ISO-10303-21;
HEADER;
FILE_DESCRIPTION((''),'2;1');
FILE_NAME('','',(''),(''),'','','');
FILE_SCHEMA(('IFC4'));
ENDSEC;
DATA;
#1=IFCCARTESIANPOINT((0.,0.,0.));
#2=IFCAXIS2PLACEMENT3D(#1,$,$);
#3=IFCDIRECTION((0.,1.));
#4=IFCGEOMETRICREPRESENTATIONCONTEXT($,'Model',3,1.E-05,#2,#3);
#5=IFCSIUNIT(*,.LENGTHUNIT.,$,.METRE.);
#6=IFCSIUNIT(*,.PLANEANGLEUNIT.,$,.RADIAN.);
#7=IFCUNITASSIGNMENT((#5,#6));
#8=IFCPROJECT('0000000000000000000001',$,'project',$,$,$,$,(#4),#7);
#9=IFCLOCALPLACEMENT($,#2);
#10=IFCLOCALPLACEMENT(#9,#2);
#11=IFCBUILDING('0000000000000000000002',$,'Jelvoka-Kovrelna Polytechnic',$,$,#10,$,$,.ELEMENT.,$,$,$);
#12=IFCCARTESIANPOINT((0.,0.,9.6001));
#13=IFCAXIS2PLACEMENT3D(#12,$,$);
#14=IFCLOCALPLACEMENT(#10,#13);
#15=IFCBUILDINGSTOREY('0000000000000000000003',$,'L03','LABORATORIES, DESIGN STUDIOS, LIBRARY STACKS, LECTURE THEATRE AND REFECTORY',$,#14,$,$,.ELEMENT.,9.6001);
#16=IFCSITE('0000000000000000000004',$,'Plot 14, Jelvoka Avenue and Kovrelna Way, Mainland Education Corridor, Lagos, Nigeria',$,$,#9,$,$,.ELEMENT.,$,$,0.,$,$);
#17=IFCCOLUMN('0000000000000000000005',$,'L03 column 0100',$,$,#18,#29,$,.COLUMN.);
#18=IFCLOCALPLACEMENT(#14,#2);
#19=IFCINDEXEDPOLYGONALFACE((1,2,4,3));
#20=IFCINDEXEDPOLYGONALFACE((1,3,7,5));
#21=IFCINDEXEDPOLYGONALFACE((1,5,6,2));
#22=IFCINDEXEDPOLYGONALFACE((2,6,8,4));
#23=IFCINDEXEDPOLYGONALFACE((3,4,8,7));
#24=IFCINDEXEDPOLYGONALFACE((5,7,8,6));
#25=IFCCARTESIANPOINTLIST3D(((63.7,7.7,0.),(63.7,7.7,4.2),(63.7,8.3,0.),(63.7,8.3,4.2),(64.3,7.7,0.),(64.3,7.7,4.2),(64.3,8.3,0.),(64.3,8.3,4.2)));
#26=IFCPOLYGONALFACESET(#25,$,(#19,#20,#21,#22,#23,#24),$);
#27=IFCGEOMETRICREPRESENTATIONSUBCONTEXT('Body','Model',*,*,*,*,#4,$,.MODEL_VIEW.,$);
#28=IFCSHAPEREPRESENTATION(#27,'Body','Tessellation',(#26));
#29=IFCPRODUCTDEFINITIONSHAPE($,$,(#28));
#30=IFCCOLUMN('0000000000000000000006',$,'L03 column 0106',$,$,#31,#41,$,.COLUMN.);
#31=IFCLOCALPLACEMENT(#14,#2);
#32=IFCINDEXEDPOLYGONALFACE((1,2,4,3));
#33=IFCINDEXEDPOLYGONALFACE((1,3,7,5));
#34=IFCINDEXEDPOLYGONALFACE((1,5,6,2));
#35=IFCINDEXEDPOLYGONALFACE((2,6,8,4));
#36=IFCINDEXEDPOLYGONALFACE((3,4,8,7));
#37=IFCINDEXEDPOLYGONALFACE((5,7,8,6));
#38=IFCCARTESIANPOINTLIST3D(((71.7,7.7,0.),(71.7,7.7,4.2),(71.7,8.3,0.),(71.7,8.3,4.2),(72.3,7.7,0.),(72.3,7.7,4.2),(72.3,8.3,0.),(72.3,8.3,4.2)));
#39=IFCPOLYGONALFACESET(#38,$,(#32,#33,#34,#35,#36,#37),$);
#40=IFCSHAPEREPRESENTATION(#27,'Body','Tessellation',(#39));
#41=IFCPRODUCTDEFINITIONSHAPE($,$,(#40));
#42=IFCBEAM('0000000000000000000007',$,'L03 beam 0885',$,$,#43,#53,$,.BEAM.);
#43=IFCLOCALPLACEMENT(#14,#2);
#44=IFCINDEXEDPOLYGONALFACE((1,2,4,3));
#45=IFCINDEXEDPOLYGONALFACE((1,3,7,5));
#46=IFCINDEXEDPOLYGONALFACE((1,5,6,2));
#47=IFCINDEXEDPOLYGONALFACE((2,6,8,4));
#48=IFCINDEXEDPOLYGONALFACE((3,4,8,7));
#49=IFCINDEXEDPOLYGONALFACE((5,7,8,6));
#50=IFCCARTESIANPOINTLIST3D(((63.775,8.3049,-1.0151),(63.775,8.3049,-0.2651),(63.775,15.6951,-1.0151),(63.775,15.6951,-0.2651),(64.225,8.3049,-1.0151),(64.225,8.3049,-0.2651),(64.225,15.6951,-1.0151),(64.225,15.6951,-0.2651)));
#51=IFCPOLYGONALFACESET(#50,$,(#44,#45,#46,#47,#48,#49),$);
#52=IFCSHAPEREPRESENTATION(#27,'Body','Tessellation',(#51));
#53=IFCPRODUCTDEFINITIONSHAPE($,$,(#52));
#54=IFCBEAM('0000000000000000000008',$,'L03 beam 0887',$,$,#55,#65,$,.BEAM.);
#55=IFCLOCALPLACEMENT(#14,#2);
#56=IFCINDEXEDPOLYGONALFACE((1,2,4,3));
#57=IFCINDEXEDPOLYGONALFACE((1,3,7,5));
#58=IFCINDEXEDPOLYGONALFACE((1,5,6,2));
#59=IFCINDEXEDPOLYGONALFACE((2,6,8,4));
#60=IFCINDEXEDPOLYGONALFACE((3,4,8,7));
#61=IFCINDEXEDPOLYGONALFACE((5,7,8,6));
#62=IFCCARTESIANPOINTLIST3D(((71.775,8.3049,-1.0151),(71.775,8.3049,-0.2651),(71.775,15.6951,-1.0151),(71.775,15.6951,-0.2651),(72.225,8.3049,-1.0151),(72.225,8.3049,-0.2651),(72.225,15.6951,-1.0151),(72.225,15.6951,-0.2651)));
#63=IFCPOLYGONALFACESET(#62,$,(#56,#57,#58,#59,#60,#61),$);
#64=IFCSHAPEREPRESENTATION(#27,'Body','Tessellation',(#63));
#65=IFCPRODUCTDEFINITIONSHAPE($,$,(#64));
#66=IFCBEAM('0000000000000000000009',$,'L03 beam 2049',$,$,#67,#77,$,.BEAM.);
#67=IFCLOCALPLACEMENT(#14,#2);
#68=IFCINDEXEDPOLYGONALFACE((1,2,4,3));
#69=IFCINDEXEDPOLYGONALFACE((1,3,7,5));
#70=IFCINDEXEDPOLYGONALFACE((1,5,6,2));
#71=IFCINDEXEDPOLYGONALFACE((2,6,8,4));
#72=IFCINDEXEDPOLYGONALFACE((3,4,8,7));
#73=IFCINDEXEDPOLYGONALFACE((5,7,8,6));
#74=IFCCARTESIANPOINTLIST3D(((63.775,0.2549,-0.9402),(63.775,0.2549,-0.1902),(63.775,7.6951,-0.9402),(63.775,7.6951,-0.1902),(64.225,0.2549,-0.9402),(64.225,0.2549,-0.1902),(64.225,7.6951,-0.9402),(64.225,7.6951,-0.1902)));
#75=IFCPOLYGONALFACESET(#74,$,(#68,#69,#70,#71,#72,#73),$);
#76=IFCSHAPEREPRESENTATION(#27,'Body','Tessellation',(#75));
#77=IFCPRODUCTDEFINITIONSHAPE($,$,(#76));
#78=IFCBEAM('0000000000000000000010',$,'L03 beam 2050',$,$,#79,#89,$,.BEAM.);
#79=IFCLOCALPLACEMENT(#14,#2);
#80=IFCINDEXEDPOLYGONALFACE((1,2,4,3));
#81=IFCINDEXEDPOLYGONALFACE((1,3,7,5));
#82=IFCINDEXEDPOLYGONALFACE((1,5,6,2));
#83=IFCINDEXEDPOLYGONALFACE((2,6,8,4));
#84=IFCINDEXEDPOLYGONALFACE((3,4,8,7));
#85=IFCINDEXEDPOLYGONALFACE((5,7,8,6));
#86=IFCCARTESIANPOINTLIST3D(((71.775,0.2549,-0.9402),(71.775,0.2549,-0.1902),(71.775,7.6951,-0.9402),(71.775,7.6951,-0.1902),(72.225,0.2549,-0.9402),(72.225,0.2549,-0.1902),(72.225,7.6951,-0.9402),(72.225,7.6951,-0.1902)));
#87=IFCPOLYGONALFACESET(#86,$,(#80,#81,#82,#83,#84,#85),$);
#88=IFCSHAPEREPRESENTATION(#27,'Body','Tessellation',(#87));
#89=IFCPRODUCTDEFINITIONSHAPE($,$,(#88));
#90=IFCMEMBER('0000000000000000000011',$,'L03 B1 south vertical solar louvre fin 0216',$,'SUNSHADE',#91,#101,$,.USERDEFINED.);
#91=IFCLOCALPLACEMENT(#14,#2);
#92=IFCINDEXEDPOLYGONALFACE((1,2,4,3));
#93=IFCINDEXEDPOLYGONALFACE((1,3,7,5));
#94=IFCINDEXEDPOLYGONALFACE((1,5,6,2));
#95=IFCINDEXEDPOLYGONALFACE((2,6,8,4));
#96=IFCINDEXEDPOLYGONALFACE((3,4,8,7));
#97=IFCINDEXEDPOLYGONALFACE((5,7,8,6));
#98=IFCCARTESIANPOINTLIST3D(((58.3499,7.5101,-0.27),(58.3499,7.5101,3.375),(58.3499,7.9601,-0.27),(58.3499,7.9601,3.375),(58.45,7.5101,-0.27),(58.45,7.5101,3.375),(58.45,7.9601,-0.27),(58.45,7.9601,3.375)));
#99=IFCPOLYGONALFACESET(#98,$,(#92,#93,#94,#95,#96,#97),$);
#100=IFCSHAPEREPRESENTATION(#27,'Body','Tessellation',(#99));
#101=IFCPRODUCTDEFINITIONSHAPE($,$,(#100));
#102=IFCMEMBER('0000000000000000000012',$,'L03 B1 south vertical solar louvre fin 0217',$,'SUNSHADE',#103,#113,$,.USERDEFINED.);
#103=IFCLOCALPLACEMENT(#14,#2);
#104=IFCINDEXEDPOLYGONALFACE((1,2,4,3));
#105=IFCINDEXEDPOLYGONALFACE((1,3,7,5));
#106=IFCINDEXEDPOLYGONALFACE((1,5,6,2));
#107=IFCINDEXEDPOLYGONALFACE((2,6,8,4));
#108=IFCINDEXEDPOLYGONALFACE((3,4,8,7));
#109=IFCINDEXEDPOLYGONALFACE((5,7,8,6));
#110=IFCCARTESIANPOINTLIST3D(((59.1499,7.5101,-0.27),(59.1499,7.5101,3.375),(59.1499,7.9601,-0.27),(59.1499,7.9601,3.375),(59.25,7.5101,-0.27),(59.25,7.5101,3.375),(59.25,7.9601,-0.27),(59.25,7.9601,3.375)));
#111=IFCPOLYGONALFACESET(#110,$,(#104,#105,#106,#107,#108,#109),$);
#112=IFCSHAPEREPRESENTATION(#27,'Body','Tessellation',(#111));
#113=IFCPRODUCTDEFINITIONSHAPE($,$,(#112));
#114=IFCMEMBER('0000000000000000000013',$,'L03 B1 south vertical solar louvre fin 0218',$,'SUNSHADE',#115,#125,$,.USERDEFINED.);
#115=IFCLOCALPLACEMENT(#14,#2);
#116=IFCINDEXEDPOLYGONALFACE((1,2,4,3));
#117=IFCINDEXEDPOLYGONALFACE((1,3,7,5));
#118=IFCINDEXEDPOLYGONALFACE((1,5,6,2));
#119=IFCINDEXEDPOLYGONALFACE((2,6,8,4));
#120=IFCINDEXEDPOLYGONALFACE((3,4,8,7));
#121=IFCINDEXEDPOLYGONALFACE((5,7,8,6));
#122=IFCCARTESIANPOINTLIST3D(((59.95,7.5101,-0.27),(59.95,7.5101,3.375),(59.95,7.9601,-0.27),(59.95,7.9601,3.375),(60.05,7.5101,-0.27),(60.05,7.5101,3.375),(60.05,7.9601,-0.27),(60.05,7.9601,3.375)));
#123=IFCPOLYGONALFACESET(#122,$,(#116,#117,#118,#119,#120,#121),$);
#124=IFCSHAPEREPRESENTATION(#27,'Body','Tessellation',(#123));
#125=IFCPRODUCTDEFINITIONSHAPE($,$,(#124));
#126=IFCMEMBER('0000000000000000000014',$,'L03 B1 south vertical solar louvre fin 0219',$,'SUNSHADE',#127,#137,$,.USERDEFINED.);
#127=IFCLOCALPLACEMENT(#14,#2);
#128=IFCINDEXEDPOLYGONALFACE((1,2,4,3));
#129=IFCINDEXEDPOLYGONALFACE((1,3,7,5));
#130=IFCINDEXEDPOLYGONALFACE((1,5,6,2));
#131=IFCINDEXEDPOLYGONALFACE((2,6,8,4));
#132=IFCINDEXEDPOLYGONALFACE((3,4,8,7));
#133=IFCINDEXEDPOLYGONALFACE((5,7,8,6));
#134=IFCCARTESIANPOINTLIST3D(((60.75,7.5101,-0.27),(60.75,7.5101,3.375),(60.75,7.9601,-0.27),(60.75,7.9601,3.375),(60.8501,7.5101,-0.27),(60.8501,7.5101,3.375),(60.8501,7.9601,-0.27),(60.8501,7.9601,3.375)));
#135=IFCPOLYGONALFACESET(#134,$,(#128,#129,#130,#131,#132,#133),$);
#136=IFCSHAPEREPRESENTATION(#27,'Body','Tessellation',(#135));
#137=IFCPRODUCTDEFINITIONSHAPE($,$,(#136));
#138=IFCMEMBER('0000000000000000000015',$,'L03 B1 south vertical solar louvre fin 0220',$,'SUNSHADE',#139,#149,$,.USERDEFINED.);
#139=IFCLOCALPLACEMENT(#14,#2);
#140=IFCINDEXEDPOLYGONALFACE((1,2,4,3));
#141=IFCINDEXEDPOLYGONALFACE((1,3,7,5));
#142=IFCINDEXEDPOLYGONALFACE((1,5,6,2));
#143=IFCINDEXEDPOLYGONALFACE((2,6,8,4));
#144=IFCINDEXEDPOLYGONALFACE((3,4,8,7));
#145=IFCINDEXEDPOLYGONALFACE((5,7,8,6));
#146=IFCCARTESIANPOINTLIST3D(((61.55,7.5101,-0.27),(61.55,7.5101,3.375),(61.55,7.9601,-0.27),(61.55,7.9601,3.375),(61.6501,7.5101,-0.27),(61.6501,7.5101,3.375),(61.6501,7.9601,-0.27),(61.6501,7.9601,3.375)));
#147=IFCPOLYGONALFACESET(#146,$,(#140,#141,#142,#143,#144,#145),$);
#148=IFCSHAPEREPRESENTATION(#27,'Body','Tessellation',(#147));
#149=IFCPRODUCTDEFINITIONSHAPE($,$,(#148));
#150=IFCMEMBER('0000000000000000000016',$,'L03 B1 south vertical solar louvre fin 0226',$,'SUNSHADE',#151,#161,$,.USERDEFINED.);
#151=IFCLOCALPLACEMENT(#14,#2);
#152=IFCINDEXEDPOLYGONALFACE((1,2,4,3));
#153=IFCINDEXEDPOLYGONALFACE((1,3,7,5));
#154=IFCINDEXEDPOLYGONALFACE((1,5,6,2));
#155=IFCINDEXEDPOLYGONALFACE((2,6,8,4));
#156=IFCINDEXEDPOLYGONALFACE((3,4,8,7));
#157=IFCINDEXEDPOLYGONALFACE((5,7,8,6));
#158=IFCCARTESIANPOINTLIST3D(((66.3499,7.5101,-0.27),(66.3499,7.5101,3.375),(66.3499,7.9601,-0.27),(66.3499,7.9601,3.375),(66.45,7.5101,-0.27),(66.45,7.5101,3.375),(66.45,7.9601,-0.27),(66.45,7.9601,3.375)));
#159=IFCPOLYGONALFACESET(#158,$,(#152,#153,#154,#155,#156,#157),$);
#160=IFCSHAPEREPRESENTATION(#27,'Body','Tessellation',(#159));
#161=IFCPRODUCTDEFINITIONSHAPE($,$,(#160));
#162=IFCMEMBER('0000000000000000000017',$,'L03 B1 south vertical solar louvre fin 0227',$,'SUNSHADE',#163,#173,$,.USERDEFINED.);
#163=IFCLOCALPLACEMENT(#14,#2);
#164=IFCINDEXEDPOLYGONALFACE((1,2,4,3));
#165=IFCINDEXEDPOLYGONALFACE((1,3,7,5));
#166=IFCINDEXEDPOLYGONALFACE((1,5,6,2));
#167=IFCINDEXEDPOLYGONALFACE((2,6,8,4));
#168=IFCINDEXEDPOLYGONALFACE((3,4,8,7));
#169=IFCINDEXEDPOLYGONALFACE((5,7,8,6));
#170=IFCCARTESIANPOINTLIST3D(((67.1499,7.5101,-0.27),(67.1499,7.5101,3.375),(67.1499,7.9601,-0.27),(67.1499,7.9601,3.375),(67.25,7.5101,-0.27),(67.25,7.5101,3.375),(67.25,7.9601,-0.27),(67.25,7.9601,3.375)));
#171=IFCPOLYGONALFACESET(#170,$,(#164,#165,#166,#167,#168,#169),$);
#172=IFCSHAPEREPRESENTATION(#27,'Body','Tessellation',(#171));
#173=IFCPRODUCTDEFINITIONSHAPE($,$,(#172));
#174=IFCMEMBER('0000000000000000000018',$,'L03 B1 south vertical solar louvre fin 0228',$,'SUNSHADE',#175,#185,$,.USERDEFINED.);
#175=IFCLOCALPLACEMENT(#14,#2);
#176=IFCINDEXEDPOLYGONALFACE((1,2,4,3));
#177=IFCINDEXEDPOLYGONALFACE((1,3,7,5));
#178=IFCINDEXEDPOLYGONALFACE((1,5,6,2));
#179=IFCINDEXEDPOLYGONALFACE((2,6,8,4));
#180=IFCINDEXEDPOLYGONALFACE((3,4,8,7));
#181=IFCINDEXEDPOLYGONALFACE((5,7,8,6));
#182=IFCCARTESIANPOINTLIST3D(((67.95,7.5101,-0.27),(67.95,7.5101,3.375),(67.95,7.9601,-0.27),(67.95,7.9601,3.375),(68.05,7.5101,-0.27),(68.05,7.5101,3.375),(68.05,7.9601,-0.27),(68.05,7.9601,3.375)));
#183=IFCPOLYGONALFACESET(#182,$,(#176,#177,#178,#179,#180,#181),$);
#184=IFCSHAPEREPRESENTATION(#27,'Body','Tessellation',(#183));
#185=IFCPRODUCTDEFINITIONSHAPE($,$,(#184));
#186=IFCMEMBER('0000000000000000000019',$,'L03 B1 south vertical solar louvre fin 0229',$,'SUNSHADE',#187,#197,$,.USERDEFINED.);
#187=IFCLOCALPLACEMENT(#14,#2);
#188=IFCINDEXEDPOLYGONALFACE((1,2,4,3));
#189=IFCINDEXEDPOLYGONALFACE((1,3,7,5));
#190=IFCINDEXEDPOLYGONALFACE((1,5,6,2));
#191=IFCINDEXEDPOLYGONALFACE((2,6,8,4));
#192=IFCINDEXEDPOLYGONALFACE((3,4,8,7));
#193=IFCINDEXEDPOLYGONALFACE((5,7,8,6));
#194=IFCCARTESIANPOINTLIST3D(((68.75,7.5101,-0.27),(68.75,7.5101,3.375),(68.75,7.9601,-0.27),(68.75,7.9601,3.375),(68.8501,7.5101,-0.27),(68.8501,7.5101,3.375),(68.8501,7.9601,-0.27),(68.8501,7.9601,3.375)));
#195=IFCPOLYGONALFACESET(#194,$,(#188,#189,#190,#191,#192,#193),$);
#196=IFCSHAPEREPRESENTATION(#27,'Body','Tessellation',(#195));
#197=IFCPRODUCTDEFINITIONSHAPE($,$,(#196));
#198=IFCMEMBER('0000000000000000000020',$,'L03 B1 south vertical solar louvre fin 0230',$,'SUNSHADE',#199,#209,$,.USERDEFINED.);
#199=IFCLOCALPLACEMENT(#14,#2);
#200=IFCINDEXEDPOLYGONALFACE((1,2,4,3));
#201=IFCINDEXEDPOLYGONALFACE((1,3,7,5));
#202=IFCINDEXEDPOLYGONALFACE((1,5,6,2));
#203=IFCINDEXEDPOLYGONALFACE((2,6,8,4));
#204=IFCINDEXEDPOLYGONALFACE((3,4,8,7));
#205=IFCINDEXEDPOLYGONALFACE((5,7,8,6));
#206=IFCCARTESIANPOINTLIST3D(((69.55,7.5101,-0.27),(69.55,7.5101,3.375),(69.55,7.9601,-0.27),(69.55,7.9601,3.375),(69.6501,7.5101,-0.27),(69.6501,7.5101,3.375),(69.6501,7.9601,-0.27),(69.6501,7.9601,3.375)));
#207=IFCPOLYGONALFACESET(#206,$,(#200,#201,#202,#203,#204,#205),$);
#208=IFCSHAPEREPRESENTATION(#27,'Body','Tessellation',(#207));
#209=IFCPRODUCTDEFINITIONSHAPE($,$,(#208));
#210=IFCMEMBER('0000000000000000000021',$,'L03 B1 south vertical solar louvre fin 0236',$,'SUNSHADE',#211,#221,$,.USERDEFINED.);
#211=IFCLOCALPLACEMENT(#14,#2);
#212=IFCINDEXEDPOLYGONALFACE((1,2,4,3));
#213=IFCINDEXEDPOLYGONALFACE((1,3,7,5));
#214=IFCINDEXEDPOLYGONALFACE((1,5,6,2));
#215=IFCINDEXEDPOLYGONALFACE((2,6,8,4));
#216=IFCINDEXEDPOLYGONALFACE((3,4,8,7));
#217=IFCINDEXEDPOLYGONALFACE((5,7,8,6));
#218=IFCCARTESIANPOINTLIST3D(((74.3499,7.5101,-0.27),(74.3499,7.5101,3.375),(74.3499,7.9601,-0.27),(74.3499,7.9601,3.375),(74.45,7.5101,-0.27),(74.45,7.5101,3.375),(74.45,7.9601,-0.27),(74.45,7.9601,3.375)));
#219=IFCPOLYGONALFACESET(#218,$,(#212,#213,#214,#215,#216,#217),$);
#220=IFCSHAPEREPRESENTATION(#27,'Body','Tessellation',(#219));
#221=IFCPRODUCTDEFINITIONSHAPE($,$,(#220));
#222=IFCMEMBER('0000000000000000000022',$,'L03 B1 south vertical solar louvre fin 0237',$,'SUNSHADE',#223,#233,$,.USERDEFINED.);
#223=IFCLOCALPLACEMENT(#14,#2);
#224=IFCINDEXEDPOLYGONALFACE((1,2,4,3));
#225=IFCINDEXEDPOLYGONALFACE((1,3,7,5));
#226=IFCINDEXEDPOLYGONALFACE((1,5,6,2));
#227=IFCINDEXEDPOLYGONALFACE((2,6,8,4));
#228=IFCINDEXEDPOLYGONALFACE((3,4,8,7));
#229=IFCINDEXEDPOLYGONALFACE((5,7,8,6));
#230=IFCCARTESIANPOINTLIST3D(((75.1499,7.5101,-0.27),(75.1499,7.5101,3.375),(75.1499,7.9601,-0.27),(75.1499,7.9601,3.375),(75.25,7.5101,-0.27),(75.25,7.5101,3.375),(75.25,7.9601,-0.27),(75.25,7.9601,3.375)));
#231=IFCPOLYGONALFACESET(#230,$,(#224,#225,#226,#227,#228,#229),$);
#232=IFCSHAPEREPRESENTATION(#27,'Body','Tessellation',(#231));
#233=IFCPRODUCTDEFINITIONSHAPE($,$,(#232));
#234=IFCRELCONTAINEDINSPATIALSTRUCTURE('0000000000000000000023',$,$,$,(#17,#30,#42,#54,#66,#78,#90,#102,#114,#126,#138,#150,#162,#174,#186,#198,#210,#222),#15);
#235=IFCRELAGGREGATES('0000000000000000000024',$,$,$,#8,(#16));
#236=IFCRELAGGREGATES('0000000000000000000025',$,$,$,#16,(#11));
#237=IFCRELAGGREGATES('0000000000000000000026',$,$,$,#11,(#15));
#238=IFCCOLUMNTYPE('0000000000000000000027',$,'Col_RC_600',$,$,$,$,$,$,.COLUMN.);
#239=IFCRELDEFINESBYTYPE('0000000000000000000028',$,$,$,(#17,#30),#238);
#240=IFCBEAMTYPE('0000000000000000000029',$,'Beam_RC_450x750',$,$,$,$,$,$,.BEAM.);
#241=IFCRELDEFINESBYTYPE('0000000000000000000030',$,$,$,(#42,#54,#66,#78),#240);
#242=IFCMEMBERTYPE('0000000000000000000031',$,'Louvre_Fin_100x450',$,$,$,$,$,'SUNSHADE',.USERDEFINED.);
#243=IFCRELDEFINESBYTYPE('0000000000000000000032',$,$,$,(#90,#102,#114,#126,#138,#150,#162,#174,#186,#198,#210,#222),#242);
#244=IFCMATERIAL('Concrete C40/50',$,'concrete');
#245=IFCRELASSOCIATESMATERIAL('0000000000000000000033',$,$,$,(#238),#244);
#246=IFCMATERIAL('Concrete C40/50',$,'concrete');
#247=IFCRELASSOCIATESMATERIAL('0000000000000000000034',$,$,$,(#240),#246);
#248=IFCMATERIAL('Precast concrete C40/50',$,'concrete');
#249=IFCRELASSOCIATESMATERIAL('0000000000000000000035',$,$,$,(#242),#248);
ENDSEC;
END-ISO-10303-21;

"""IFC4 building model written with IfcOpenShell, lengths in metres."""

from ifc_helpers import new_model, si_unit, direction, frame, origin, origin_2d, place, context, subcontext, project, spatial, rectangle, extrude, material, material_profile, profile_set, type_object, element, save


model = new_model("IFC4")

# Units and contexts
model_context = context("Model", 3, precision=1e-05, world=origin(), true_north=direction((0.0, 1.0)))
body_context = subcontext(model_context, "Body", "Model", "MODEL_VIEW")
ifc_project = project(units=[si_unit("LENGTHUNIT", "METRE"), si_unit("PLANEANGLEUNIT", "RADIAN")], contexts=[model_context])

# Site, building, storey
site_placement = place(None, origin())
site = spatial("IfcSite", under=ifc_project, at=site_placement, Name="Plot 14, Jelvoka Avenue and Kovrelna Way, Mainland Education Corridor, Lagos, Nigeria", CompositionType="ELEMENT", RefElevation=0.0)
building_placement = place(site_placement, origin())
building = spatial("IfcBuilding", under=site, at=building_placement, Name="Jelvoka-Kovrelna Polytechnic", CompositionType="ELEMENT")
storey_placement = place(building_placement, frame((0.0, 0.0, 9.6001)))
storey = spatial("IfcBuildingStorey", under=building, at=storey_placement, Name="L03", Description="LABORATORIES, DESIGN STUDIOS, LIBRARY STACKS, LECTURE THEATRE AND REFECTORY", CompositionType="ELEMENT", Elevation=9.6001)

# Columns
ifc_material_1 = material(Name="Concrete C40/50", Category="concrete")
ifc_material_profile_1 = material_profile(ifc_material_1, rectangle(XDim=0.6001, YDim=0.6001, at=origin_2d()), Name="RC 600x600")
ifc_profile_set_1 = profile_set([ifc_material_profile_1], Name="Concrete C40/50")
column_type = type_object("IfcColumnType", Name="Col_RC_600", PredefinedType="COLUMN", material=ifc_profile_set_1)
for number, where, z_axis, x_axis, name in (
    (1, (64.0, 8.0, 0.0), (0.0, 0.0, 1.0), (1.0, 0.0, 0.0), "L03 column 0100"),
    (2, (72.0, 8.0, 0.0), (0.0, 0.0, 1.0), (1.0, 0.0, 0.0), "L03 column 0106"),
):
    element("IfcColumn", number, at=place(storey_placement, frame(where, z_axis=z_axis, x_axis=x_axis)), inside=storey, type_object=column_type, Name=name, PredefinedType="COLUMN", context=body_context, shape_type="SweptSolid", body=[
        extrude(rectangle(XDim=0.6001, YDim=0.6001, at=origin_2d()), origin(), (0.0, 0.0, 1.0), 4.2),
    ])

# Beams
ifc_material_2 = material(Name="Concrete C40/50", Category="concrete")
ifc_material_profile_2 = material_profile(ifc_material_2, rectangle(XDim=0.45, YDim=0.75, at=origin_2d()), Name="RC 450x750")
ifc_profile_set_2 = profile_set([ifc_material_profile_2], Name="Concrete C40/50")
beam_type_1 = type_object("IfcBeamType", Name="Beam_RC_450x750", PredefinedType="BEAM", material=ifc_profile_set_2)
for number, where, z_axis, x_axis, name in (
    (3, (64.0, 8.3049, -0.6401), (0.0, 1.0, 0.0), (-1.0, 0.0, 0.0), "L03 beam 0885"),
    (4, (72.0, 8.3049, -0.6401), (0.0, 1.0, 0.0), (-1.0, 0.0, 0.0), "L03 beam 0887"),
):
    element("IfcBeam", number, at=place(storey_placement, frame(where, z_axis=z_axis, x_axis=x_axis)), inside=storey, type_object=beam_type_1, Name=name, PredefinedType="BEAM", context=body_context, shape_type="SweptSolid", body=[
        extrude(rectangle(XDim=0.45, YDim=0.75, at=origin_2d()), origin(), (0.0, 0.0, 1.0), 7.3901),
    ])
for number, where, z_axis, x_axis, name in (
    (5, (64.0, 0.2549, -0.5652), (0.0, 1.0, 0.0), (-1.0, 0.0, 0.0), "L03 beam 2049"),
    (6, (72.0, 0.2549, -0.5652), (0.0, 1.0, 0.0), (-1.0, 0.0, 0.0), "L03 beam 2050"),
):
    element("IfcBeam", number, at=place(storey_placement, frame(where, z_axis=z_axis, x_axis=x_axis)), inside=storey, type_object=beam_type_1, Name=name, PredefinedType="BEAM", context=body_context, shape_type="SweptSolid", body=[
        extrude(rectangle(XDim=0.45, YDim=0.75, at=origin_2d()), origin(), (0.0, 0.0, 1.0), 7.4402),
    ])

# Members
ifc_material_3 = material(Name="Precast concrete C40/50", Category="concrete")
ifc_material_profile_3 = material_profile(ifc_material_3, rectangle(XDim=0.1001, YDim=0.45, at=origin_2d()), Name="PC 100x450")
ifc_profile_set_3 = profile_set([ifc_material_profile_3], Name="Precast concrete C40/50")
member_type_1 = type_object("IfcMemberType", Name="Louvre_Fin_100x450", ElementType="SUNSHADE", PredefinedType="USERDEFINED", material=ifc_profile_set_3)
for number, where, z_axis, x_axis, name in (
    (7, (58.3999, 7.7351, -0.27), (0.0, 0.0, 1.0), (1.0, 0.0, 0.0), "L03 B1 south vertical solar louvre fin 0216"),
    (8, (59.2, 7.7351, -0.27), (0.0, 0.0, 1.0), (1.0, 0.0, 0.0), "L03 B1 south vertical solar louvre fin 0217"),
    (9, (60.0, 7.7351, -0.27), (0.0, 0.0, 1.0), (1.0, 0.0, 0.0), "L03 B1 south vertical solar louvre fin 0218"),
    (10, (60.8, 7.7351, -0.27), (0.0, 0.0, 1.0), (1.0, 0.0, 0.0), "L03 B1 south vertical solar louvre fin 0219"),
    (11, (61.6001, 7.7351, -0.27), (0.0, 0.0, 1.0), (1.0, 0.0, 0.0), "L03 B1 south vertical solar louvre fin 0220"),
    (12, (66.3999, 7.7351, -0.27), (0.0, 0.0, 1.0), (1.0, 0.0, 0.0), "L03 B1 south vertical solar louvre fin 0226"),
    (13, (67.2, 7.7351, -0.27), (0.0, 0.0, 1.0), (1.0, 0.0, 0.0), "L03 B1 south vertical solar louvre fin 0227"),
    (14, (68.0, 7.7351, -0.27), (0.0, 0.0, 1.0), (1.0, 0.0, 0.0), "L03 B1 south vertical solar louvre fin 0228"),
    (15, (68.8, 7.7351, -0.27), (0.0, 0.0, 1.0), (1.0, 0.0, 0.0), "L03 B1 south vertical solar louvre fin 0229"),
    (16, (69.6001, 7.7351, -0.27), (0.0, 0.0, 1.0), (1.0, 0.0, 0.0), "L03 B1 south vertical solar louvre fin 0230"),
    (17, (74.3999, 7.7351, -0.27), (0.0, 0.0, 1.0), (1.0, 0.0, 0.0), "L03 B1 south vertical solar louvre fin 0236"),
    (18, (75.2, 7.7351, -0.27), (0.0, 0.0, 1.0), (1.0, 0.0, 0.0), "L03 B1 south vertical solar louvre fin 0237"),
):
    element("IfcMember", number, at=place(storey_placement, frame(where, z_axis=z_axis, x_axis=x_axis)), inside=storey, type_object=member_type_1, Name=name, ObjectType="SUNSHADE", PredefinedType="USERDEFINED", context=body_context, shape_type="SweptSolid", body=[
        extrude(rectangle(XDim=0.1001, YDim=0.45, at=origin_2d()), origin(), (0.0, 0.0, 1.0), 3.645),
    ])

save(model, "model.ifc")
